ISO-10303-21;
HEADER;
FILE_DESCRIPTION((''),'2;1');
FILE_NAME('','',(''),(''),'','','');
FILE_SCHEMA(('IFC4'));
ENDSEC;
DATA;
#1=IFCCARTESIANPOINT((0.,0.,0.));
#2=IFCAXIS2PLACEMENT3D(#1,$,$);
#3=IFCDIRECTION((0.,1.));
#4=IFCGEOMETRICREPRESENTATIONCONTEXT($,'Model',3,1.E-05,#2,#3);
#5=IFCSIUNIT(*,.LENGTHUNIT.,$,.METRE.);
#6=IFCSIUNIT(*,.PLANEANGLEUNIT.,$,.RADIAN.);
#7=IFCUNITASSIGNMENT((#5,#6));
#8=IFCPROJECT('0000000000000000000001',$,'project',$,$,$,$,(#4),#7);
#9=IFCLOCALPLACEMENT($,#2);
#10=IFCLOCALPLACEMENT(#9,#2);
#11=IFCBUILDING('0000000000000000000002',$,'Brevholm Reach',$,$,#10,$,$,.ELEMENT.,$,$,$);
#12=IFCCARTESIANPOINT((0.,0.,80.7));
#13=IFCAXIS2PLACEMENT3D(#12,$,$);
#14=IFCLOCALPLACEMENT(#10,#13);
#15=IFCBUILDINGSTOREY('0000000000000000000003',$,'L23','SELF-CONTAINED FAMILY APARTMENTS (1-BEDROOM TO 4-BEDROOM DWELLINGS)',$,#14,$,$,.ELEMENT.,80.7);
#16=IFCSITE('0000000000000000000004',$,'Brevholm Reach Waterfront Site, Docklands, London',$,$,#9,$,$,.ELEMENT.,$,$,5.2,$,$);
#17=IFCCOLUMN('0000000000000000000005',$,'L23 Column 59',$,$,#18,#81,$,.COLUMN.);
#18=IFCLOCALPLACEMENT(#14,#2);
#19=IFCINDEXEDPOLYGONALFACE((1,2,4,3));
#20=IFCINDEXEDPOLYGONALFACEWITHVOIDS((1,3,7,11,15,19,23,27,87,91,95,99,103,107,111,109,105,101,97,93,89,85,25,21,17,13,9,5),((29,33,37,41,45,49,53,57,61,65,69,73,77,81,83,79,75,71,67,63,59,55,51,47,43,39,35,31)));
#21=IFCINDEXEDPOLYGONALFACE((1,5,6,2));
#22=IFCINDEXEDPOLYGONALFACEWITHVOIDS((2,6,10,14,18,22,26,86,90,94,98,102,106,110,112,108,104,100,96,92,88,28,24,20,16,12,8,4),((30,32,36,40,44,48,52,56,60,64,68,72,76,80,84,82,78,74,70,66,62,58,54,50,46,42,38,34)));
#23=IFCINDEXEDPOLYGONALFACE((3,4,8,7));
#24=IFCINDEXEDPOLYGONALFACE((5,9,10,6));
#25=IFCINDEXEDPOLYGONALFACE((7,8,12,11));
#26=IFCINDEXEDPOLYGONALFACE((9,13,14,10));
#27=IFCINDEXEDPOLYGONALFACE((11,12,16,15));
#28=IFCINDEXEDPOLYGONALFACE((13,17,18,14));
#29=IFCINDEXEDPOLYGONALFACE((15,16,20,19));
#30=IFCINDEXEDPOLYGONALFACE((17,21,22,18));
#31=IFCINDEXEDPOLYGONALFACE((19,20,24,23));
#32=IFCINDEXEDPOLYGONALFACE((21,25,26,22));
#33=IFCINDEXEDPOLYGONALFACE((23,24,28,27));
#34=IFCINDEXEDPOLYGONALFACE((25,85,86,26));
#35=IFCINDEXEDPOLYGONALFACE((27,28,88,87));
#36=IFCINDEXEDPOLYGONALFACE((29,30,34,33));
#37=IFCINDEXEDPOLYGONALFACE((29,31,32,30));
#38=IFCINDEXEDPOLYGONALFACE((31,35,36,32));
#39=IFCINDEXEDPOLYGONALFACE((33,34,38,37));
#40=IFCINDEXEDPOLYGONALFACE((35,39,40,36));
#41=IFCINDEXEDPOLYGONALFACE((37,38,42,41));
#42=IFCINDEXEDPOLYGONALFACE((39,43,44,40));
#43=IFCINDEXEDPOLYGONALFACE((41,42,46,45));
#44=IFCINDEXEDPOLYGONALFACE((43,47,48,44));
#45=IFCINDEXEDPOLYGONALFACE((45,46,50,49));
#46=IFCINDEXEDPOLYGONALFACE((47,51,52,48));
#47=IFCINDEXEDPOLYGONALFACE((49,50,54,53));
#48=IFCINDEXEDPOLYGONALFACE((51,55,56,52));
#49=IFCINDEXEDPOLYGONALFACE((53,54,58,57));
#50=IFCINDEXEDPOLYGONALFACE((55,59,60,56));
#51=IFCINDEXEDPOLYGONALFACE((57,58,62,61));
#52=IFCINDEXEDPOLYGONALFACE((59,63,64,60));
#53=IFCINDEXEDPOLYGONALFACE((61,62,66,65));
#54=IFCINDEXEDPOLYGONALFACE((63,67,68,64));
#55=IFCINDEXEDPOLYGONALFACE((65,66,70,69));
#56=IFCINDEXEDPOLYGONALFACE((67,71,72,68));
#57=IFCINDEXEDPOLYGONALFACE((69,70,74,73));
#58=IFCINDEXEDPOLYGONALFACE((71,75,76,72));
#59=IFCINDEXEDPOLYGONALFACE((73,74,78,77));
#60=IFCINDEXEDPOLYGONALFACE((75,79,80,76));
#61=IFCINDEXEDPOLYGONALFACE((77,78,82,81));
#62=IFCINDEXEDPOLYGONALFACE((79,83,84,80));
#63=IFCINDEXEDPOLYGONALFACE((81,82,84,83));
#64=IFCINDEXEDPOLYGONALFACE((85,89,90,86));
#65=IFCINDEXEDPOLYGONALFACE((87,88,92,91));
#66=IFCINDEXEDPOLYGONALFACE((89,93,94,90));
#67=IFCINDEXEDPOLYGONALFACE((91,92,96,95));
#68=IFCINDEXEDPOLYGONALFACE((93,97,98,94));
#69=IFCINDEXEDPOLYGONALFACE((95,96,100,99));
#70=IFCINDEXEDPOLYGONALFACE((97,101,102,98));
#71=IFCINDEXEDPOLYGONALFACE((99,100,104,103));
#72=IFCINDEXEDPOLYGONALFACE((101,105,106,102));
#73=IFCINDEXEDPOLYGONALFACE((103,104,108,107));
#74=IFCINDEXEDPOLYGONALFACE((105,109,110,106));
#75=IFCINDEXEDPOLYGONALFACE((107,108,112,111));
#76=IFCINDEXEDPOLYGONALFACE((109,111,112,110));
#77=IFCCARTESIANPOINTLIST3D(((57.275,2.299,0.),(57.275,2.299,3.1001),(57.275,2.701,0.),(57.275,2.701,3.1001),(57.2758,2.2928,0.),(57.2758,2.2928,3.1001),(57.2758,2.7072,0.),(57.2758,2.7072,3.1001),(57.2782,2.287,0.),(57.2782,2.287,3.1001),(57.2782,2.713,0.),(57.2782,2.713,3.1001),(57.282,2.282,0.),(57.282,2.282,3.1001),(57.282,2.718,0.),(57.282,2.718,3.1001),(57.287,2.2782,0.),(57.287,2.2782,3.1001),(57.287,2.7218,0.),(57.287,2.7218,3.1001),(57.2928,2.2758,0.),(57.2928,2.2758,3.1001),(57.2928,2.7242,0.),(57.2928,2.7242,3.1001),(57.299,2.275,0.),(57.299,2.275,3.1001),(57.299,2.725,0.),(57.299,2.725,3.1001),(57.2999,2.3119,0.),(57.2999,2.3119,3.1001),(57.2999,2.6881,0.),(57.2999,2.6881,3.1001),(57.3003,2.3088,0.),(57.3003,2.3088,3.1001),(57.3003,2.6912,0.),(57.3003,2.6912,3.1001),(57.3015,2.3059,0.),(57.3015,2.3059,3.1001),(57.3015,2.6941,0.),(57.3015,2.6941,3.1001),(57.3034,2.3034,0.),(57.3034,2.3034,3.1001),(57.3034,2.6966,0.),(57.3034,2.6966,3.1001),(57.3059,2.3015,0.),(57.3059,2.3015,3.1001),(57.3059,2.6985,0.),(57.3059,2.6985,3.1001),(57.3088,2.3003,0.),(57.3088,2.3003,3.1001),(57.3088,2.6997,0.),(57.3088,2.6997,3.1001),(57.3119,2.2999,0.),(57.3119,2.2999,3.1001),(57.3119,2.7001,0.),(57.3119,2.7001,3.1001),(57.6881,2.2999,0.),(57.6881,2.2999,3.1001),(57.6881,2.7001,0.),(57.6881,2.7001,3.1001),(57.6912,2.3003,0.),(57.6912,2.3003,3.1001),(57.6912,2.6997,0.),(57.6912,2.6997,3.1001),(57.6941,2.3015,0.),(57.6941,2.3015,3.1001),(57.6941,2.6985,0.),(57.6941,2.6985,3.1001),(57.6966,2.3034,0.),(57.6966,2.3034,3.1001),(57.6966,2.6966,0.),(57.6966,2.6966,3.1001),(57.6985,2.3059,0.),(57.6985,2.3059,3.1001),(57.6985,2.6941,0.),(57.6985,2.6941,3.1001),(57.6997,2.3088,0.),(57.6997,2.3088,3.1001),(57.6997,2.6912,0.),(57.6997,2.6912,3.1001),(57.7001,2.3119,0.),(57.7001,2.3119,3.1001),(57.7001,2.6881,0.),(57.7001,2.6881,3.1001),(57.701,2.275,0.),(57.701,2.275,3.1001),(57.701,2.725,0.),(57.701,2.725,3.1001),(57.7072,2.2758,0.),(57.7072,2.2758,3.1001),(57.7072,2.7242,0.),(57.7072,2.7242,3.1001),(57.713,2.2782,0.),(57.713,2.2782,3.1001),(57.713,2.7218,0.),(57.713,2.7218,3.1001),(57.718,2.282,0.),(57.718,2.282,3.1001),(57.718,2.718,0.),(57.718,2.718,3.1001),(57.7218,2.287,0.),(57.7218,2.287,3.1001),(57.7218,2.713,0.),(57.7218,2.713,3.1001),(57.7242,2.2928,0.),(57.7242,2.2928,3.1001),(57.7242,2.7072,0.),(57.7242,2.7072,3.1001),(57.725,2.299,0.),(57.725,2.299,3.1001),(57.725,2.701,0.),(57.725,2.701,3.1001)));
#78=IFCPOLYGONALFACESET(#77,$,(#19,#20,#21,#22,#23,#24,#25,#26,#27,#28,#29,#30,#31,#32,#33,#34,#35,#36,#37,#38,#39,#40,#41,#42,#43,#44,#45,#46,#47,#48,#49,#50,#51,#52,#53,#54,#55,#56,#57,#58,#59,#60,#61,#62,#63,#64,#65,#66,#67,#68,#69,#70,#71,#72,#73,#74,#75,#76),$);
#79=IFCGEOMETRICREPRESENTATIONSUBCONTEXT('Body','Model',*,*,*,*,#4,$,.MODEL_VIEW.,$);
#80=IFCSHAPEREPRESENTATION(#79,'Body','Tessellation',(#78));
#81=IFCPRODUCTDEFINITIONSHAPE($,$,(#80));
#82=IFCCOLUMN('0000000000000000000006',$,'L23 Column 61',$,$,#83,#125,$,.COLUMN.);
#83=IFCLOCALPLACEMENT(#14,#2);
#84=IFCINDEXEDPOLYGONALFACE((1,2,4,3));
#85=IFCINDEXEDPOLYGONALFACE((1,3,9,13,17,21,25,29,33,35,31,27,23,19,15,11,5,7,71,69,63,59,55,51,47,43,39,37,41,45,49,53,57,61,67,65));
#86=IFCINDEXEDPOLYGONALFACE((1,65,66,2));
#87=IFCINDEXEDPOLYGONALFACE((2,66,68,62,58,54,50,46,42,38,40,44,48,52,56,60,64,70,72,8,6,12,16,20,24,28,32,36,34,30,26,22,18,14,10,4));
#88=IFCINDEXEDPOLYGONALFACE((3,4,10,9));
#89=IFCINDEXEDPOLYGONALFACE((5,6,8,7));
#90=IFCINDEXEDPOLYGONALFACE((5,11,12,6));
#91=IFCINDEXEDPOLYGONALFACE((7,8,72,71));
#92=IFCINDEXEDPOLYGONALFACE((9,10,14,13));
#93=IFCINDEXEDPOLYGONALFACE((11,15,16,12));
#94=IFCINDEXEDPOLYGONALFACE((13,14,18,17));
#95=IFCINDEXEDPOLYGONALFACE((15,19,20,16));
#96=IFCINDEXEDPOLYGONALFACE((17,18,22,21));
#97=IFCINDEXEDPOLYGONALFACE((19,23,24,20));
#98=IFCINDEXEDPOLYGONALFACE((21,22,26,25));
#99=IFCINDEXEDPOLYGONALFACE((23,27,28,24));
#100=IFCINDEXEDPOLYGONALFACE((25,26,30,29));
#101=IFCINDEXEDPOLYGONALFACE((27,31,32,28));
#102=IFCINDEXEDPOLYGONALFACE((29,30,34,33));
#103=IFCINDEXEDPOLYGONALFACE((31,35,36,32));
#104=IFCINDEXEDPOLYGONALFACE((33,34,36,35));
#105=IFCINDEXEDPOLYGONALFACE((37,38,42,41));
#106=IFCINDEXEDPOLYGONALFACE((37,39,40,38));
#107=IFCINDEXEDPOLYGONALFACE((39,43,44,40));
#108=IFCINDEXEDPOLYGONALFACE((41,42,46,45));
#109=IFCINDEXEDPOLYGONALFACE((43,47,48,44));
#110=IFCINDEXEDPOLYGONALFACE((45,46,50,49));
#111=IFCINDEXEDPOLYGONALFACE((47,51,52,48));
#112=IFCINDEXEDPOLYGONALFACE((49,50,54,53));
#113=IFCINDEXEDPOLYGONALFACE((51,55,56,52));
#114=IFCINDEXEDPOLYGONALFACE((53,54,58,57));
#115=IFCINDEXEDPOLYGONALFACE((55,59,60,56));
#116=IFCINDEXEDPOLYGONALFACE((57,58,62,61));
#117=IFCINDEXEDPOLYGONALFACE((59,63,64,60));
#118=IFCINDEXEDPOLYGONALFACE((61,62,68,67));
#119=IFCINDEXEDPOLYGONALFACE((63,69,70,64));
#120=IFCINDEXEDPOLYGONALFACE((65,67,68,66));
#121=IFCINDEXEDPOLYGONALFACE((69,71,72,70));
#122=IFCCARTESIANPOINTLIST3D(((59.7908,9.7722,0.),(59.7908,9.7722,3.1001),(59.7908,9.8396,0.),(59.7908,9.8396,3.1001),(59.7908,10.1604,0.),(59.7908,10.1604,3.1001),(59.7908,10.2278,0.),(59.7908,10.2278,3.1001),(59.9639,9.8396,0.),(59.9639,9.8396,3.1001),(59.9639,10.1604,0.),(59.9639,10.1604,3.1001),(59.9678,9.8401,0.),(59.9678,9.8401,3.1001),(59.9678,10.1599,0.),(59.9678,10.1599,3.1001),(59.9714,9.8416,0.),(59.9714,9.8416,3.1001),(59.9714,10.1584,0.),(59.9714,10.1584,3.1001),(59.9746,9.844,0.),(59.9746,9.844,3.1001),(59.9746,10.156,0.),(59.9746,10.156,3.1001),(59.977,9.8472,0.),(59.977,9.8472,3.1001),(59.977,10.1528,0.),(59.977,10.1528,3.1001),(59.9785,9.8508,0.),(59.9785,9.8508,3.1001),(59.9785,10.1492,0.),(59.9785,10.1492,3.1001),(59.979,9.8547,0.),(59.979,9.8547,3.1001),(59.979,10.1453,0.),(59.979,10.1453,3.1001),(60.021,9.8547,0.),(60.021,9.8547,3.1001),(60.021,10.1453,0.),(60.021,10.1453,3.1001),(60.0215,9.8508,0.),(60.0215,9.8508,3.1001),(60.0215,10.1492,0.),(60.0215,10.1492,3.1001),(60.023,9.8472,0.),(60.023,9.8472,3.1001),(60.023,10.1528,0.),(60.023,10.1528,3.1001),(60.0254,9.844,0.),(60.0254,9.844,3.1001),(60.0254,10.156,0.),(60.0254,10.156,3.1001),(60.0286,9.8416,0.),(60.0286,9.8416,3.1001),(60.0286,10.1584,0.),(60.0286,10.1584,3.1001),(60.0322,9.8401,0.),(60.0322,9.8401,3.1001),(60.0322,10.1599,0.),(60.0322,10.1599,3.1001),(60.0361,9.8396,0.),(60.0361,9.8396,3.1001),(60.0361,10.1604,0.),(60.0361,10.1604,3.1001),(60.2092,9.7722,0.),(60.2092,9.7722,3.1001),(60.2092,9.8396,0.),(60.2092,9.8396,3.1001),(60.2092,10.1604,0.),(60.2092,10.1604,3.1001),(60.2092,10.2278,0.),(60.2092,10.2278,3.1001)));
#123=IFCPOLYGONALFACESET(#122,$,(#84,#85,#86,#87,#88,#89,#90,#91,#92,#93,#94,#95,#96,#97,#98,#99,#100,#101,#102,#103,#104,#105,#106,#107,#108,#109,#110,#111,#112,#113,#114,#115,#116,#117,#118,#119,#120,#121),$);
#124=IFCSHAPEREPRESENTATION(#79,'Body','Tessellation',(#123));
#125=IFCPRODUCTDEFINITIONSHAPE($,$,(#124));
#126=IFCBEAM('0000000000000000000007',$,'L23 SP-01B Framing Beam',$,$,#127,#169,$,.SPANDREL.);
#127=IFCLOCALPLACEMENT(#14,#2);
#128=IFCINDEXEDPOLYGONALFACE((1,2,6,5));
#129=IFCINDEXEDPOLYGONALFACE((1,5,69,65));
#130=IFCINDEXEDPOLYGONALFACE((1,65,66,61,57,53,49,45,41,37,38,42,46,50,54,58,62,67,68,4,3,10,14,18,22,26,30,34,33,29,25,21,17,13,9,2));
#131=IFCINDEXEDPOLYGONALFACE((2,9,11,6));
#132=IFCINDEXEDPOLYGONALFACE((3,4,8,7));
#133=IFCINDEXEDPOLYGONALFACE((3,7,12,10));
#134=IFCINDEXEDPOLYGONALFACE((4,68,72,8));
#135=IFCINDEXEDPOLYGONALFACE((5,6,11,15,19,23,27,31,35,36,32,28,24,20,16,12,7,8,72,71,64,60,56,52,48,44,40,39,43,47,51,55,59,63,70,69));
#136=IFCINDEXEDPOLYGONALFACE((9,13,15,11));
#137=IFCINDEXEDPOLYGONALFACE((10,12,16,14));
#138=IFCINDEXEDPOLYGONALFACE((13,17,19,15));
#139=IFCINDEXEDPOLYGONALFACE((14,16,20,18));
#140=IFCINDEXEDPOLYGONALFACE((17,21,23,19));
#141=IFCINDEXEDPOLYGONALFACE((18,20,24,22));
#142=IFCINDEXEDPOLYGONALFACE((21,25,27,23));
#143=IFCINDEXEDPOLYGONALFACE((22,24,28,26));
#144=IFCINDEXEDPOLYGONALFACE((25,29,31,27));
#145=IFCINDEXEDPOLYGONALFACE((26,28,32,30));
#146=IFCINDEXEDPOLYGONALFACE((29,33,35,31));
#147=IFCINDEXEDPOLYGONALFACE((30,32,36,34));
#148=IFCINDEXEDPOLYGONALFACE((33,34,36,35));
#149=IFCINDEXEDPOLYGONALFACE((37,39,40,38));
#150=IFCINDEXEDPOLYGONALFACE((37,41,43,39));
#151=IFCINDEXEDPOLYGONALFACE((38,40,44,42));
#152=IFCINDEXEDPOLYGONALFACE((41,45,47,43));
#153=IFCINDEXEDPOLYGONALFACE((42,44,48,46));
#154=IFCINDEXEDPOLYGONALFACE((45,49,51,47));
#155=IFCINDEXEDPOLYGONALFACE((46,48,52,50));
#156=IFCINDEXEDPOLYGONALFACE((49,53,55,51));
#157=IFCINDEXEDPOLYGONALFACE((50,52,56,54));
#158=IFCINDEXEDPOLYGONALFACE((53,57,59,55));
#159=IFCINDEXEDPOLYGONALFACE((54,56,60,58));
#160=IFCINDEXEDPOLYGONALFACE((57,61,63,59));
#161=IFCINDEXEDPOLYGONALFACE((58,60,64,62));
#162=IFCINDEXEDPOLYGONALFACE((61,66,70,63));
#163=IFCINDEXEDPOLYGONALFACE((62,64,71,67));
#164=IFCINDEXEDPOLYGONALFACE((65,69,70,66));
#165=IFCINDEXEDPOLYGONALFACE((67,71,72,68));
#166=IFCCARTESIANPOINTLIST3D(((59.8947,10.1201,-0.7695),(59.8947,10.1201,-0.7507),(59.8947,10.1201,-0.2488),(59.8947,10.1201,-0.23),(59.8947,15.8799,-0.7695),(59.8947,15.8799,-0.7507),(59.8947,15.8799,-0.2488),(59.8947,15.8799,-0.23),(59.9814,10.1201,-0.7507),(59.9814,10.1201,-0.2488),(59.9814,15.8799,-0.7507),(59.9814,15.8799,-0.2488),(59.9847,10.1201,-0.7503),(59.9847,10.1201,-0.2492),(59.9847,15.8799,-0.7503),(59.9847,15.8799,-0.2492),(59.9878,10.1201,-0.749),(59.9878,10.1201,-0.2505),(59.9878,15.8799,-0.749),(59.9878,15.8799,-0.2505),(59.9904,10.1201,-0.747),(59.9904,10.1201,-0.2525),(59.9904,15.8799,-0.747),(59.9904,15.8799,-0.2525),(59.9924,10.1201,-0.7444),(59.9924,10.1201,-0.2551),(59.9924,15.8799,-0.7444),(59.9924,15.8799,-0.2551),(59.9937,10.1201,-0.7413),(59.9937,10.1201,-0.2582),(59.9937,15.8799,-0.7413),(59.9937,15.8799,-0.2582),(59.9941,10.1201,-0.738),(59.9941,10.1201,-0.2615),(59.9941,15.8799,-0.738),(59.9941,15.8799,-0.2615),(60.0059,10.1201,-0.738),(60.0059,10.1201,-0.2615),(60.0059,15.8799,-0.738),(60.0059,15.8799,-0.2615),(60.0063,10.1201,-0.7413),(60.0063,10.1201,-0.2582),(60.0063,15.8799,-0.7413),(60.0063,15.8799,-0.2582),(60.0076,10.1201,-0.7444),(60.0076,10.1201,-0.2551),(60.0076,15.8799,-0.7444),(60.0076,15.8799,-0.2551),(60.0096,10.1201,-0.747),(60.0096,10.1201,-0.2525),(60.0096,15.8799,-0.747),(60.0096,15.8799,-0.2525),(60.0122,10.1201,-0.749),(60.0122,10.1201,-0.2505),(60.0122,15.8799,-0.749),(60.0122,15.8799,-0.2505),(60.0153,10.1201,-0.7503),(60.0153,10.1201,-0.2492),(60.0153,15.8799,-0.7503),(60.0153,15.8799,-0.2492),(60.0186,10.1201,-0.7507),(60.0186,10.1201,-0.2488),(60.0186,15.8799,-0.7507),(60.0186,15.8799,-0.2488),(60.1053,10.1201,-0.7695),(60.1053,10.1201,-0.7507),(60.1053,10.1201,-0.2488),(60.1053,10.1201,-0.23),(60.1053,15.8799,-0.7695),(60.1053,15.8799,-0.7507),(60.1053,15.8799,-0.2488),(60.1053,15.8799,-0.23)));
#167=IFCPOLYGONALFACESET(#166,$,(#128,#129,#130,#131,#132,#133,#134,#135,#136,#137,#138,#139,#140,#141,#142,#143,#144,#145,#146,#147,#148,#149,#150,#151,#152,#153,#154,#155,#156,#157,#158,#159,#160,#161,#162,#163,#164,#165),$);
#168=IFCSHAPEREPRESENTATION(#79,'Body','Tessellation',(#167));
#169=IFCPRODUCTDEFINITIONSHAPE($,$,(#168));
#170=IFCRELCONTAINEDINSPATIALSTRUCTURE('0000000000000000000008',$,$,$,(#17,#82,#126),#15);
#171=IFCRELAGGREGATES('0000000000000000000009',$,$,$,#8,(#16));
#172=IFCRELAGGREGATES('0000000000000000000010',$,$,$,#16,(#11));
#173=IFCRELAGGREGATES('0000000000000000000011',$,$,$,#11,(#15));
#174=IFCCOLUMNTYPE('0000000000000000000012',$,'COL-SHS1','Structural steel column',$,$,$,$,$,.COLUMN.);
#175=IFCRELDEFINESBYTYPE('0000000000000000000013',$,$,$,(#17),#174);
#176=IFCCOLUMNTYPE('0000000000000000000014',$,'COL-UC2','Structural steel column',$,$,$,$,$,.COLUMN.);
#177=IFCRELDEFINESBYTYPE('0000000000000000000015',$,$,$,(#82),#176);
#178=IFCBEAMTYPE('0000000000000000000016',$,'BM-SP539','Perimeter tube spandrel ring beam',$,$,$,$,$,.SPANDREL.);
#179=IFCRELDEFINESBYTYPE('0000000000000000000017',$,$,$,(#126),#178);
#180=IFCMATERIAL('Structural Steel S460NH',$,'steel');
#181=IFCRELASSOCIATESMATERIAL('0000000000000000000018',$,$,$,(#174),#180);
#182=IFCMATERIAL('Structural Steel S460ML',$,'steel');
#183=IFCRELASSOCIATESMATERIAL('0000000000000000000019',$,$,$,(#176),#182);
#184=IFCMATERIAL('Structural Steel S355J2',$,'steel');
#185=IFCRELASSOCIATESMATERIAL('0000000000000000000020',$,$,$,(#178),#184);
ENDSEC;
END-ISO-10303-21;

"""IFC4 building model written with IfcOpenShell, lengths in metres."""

from ifc_helpers import new_model, si_unit, direction, frame, origin, origin_2d, place, context, subcontext, project, spatial, hollow_rectangle, i_section, extrude, material, material_profile, profile_set, type_object, element, save


model = new_model("IFC4")

# Units and contexts
model_context = context("Model", 3, precision=1e-05, world=origin(), true_north=direction((0.0, 1.0)))
body_context = subcontext(model_context, "Body", "Model", "MODEL_VIEW")
ifc_project = project(units=[si_unit("LENGTHUNIT", "METRE"), si_unit("PLANEANGLEUNIT", "RADIAN")], contexts=[model_context])

# Site, building, storey
site_placement = place(None, origin())
site = spatial("IfcSite", under=ifc_project, at=site_placement, Name="Brevholm Reach Waterfront Site, Docklands, London", CompositionType="ELEMENT", RefElevation=5.2)
building_placement = place(site_placement, origin())
building = spatial("IfcBuilding", under=site, at=building_placement, Name="Brevholm Reach", CompositionType="ELEMENT")
storey_placement = place(building_placement, frame((0.0, 0.0, 80.7)))
storey = spatial("IfcBuildingStorey", under=building, at=storey_placement, Name="L23", Description="SELF-CONTAINED FAMILY APARTMENTS (1-BEDROOM TO 4-BEDROOM DWELLINGS)", CompositionType="ELEMENT", Elevation=80.7)

# Columns
ifc_material_1 = material(Name="Structural Steel S460NH", Category="steel")
ifc_material_profile_1 = material_profile(ifc_material_1, hollow_rectangle(XDim=0.45, YDim=0.45, WallThickness=0.0249, InnerFilletRadius=0.012, OuterFilletRadius=0.0239, at=origin_2d()), Name="SHS 450x450x25")
ifc_profile_set_1 = profile_set([ifc_material_profile_1], Name="Structural Steel S460NH")
column_type_1 = type_object("IfcColumnType", Name="COL-SHS1", Description="Structural steel column", PredefinedType="COLUMN", material=ifc_profile_set_1)
column_1_placement = place(storey_placement, frame((57.5, 2.5, 0.0), z_axis=(0.0, 0.0, 1.0), x_axis=(1.0, 0.0, 0.0)))
element("IfcColumn", 1, at=column_1_placement, inside=storey, type_object=column_type_1, Name="L23 Column 59", PredefinedType="COLUMN", context=body_context, shape_type="SweptSolid", body=[
    extrude(hollow_rectangle(XDim=0.45, YDim=0.45, WallThickness=0.0249, InnerFilletRadius=0.012, OuterFilletRadius=0.0239, at=origin_2d()), origin(), (0.0, 0.0, 1.0), 3.1001),
])
ifc_material_2 = material(Name="Structural Steel S460ML", Category="steel")
ifc_material_profile_2 = material_profile(ifc_material_2, i_section(OverallWidth=0.4185, OverallDepth=0.4556, WebThickness=0.042, FlangeThickness=0.0674, FilletRadius=0.0151, at=origin_2d()), Name="UKC 356x406x551")
ifc_profile_set_2 = profile_set([ifc_material_profile_2], Name="Structural Steel S460ML")
column_type_2 = type_object("IfcColumnType", Name="COL-UC2", Description="Structural steel column", PredefinedType="COLUMN", material=ifc_profile_set_2)
column_2_placement = place(storey_placement, frame((60.0, 10.0, 0.0), z_axis=(0.0, 0.0, 1.0), x_axis=(1.0, 0.0, 0.0)))
element("IfcColumn", 2, at=column_2_placement, inside=storey, type_object=column_type_2, Name="L23 Column 61", PredefinedType="COLUMN", context=body_context, shape_type="SweptSolid", body=[
    extrude(i_section(OverallWidth=0.4185, OverallDepth=0.4556, WebThickness=0.042, FlangeThickness=0.0674, FilletRadius=0.0151, at=origin_2d()), origin(), (0.0, 0.0, 1.0), 3.1001),
])

# Beam
ifc_material_3 = material(Name="Structural Steel S355J2", Category="steel")
ifc_material_profile_3 = material_profile(ifc_material_3, i_section(OverallWidth=0.2107, OverallDepth=0.5396, WebThickness=0.0117, FlangeThickness=0.0188, FilletRadius=0.0127, at=origin_2d()), Name="UKB 533x210x109")
ifc_profile_set_3 = profile_set([ifc_material_profile_3], Name="Structural Steel S355J2")
beam_type_1 = type_object("IfcBeamType", Name="BM-SP539", Description="Perimeter tube spandrel ring beam", PredefinedType="SPANDREL", material=ifc_profile_set_3)
beam_1_placement = place(storey_placement, frame((60.0, 10.1201, -0.4998), z_axis=(0.0, 1.0, 0.0), x_axis=(-1.0, 0.0, 0.0)))
element("IfcBeam", 3, at=beam_1_placement, inside=storey, type_object=beam_type_1, Name="L23 SP-01B Framing Beam", PredefinedType="SPANDREL", context=body_context, shape_type="SweptSolid", body=[
    extrude(i_section(OverallWidth=0.2107, OverallDepth=0.5396, WebThickness=0.0117, FlangeThickness=0.0188, FilletRadius=0.0127, at=origin_2d()), origin(), (0.0, 0.0, 1.0), 5.7598),
])

save(model, "model.ifc")
